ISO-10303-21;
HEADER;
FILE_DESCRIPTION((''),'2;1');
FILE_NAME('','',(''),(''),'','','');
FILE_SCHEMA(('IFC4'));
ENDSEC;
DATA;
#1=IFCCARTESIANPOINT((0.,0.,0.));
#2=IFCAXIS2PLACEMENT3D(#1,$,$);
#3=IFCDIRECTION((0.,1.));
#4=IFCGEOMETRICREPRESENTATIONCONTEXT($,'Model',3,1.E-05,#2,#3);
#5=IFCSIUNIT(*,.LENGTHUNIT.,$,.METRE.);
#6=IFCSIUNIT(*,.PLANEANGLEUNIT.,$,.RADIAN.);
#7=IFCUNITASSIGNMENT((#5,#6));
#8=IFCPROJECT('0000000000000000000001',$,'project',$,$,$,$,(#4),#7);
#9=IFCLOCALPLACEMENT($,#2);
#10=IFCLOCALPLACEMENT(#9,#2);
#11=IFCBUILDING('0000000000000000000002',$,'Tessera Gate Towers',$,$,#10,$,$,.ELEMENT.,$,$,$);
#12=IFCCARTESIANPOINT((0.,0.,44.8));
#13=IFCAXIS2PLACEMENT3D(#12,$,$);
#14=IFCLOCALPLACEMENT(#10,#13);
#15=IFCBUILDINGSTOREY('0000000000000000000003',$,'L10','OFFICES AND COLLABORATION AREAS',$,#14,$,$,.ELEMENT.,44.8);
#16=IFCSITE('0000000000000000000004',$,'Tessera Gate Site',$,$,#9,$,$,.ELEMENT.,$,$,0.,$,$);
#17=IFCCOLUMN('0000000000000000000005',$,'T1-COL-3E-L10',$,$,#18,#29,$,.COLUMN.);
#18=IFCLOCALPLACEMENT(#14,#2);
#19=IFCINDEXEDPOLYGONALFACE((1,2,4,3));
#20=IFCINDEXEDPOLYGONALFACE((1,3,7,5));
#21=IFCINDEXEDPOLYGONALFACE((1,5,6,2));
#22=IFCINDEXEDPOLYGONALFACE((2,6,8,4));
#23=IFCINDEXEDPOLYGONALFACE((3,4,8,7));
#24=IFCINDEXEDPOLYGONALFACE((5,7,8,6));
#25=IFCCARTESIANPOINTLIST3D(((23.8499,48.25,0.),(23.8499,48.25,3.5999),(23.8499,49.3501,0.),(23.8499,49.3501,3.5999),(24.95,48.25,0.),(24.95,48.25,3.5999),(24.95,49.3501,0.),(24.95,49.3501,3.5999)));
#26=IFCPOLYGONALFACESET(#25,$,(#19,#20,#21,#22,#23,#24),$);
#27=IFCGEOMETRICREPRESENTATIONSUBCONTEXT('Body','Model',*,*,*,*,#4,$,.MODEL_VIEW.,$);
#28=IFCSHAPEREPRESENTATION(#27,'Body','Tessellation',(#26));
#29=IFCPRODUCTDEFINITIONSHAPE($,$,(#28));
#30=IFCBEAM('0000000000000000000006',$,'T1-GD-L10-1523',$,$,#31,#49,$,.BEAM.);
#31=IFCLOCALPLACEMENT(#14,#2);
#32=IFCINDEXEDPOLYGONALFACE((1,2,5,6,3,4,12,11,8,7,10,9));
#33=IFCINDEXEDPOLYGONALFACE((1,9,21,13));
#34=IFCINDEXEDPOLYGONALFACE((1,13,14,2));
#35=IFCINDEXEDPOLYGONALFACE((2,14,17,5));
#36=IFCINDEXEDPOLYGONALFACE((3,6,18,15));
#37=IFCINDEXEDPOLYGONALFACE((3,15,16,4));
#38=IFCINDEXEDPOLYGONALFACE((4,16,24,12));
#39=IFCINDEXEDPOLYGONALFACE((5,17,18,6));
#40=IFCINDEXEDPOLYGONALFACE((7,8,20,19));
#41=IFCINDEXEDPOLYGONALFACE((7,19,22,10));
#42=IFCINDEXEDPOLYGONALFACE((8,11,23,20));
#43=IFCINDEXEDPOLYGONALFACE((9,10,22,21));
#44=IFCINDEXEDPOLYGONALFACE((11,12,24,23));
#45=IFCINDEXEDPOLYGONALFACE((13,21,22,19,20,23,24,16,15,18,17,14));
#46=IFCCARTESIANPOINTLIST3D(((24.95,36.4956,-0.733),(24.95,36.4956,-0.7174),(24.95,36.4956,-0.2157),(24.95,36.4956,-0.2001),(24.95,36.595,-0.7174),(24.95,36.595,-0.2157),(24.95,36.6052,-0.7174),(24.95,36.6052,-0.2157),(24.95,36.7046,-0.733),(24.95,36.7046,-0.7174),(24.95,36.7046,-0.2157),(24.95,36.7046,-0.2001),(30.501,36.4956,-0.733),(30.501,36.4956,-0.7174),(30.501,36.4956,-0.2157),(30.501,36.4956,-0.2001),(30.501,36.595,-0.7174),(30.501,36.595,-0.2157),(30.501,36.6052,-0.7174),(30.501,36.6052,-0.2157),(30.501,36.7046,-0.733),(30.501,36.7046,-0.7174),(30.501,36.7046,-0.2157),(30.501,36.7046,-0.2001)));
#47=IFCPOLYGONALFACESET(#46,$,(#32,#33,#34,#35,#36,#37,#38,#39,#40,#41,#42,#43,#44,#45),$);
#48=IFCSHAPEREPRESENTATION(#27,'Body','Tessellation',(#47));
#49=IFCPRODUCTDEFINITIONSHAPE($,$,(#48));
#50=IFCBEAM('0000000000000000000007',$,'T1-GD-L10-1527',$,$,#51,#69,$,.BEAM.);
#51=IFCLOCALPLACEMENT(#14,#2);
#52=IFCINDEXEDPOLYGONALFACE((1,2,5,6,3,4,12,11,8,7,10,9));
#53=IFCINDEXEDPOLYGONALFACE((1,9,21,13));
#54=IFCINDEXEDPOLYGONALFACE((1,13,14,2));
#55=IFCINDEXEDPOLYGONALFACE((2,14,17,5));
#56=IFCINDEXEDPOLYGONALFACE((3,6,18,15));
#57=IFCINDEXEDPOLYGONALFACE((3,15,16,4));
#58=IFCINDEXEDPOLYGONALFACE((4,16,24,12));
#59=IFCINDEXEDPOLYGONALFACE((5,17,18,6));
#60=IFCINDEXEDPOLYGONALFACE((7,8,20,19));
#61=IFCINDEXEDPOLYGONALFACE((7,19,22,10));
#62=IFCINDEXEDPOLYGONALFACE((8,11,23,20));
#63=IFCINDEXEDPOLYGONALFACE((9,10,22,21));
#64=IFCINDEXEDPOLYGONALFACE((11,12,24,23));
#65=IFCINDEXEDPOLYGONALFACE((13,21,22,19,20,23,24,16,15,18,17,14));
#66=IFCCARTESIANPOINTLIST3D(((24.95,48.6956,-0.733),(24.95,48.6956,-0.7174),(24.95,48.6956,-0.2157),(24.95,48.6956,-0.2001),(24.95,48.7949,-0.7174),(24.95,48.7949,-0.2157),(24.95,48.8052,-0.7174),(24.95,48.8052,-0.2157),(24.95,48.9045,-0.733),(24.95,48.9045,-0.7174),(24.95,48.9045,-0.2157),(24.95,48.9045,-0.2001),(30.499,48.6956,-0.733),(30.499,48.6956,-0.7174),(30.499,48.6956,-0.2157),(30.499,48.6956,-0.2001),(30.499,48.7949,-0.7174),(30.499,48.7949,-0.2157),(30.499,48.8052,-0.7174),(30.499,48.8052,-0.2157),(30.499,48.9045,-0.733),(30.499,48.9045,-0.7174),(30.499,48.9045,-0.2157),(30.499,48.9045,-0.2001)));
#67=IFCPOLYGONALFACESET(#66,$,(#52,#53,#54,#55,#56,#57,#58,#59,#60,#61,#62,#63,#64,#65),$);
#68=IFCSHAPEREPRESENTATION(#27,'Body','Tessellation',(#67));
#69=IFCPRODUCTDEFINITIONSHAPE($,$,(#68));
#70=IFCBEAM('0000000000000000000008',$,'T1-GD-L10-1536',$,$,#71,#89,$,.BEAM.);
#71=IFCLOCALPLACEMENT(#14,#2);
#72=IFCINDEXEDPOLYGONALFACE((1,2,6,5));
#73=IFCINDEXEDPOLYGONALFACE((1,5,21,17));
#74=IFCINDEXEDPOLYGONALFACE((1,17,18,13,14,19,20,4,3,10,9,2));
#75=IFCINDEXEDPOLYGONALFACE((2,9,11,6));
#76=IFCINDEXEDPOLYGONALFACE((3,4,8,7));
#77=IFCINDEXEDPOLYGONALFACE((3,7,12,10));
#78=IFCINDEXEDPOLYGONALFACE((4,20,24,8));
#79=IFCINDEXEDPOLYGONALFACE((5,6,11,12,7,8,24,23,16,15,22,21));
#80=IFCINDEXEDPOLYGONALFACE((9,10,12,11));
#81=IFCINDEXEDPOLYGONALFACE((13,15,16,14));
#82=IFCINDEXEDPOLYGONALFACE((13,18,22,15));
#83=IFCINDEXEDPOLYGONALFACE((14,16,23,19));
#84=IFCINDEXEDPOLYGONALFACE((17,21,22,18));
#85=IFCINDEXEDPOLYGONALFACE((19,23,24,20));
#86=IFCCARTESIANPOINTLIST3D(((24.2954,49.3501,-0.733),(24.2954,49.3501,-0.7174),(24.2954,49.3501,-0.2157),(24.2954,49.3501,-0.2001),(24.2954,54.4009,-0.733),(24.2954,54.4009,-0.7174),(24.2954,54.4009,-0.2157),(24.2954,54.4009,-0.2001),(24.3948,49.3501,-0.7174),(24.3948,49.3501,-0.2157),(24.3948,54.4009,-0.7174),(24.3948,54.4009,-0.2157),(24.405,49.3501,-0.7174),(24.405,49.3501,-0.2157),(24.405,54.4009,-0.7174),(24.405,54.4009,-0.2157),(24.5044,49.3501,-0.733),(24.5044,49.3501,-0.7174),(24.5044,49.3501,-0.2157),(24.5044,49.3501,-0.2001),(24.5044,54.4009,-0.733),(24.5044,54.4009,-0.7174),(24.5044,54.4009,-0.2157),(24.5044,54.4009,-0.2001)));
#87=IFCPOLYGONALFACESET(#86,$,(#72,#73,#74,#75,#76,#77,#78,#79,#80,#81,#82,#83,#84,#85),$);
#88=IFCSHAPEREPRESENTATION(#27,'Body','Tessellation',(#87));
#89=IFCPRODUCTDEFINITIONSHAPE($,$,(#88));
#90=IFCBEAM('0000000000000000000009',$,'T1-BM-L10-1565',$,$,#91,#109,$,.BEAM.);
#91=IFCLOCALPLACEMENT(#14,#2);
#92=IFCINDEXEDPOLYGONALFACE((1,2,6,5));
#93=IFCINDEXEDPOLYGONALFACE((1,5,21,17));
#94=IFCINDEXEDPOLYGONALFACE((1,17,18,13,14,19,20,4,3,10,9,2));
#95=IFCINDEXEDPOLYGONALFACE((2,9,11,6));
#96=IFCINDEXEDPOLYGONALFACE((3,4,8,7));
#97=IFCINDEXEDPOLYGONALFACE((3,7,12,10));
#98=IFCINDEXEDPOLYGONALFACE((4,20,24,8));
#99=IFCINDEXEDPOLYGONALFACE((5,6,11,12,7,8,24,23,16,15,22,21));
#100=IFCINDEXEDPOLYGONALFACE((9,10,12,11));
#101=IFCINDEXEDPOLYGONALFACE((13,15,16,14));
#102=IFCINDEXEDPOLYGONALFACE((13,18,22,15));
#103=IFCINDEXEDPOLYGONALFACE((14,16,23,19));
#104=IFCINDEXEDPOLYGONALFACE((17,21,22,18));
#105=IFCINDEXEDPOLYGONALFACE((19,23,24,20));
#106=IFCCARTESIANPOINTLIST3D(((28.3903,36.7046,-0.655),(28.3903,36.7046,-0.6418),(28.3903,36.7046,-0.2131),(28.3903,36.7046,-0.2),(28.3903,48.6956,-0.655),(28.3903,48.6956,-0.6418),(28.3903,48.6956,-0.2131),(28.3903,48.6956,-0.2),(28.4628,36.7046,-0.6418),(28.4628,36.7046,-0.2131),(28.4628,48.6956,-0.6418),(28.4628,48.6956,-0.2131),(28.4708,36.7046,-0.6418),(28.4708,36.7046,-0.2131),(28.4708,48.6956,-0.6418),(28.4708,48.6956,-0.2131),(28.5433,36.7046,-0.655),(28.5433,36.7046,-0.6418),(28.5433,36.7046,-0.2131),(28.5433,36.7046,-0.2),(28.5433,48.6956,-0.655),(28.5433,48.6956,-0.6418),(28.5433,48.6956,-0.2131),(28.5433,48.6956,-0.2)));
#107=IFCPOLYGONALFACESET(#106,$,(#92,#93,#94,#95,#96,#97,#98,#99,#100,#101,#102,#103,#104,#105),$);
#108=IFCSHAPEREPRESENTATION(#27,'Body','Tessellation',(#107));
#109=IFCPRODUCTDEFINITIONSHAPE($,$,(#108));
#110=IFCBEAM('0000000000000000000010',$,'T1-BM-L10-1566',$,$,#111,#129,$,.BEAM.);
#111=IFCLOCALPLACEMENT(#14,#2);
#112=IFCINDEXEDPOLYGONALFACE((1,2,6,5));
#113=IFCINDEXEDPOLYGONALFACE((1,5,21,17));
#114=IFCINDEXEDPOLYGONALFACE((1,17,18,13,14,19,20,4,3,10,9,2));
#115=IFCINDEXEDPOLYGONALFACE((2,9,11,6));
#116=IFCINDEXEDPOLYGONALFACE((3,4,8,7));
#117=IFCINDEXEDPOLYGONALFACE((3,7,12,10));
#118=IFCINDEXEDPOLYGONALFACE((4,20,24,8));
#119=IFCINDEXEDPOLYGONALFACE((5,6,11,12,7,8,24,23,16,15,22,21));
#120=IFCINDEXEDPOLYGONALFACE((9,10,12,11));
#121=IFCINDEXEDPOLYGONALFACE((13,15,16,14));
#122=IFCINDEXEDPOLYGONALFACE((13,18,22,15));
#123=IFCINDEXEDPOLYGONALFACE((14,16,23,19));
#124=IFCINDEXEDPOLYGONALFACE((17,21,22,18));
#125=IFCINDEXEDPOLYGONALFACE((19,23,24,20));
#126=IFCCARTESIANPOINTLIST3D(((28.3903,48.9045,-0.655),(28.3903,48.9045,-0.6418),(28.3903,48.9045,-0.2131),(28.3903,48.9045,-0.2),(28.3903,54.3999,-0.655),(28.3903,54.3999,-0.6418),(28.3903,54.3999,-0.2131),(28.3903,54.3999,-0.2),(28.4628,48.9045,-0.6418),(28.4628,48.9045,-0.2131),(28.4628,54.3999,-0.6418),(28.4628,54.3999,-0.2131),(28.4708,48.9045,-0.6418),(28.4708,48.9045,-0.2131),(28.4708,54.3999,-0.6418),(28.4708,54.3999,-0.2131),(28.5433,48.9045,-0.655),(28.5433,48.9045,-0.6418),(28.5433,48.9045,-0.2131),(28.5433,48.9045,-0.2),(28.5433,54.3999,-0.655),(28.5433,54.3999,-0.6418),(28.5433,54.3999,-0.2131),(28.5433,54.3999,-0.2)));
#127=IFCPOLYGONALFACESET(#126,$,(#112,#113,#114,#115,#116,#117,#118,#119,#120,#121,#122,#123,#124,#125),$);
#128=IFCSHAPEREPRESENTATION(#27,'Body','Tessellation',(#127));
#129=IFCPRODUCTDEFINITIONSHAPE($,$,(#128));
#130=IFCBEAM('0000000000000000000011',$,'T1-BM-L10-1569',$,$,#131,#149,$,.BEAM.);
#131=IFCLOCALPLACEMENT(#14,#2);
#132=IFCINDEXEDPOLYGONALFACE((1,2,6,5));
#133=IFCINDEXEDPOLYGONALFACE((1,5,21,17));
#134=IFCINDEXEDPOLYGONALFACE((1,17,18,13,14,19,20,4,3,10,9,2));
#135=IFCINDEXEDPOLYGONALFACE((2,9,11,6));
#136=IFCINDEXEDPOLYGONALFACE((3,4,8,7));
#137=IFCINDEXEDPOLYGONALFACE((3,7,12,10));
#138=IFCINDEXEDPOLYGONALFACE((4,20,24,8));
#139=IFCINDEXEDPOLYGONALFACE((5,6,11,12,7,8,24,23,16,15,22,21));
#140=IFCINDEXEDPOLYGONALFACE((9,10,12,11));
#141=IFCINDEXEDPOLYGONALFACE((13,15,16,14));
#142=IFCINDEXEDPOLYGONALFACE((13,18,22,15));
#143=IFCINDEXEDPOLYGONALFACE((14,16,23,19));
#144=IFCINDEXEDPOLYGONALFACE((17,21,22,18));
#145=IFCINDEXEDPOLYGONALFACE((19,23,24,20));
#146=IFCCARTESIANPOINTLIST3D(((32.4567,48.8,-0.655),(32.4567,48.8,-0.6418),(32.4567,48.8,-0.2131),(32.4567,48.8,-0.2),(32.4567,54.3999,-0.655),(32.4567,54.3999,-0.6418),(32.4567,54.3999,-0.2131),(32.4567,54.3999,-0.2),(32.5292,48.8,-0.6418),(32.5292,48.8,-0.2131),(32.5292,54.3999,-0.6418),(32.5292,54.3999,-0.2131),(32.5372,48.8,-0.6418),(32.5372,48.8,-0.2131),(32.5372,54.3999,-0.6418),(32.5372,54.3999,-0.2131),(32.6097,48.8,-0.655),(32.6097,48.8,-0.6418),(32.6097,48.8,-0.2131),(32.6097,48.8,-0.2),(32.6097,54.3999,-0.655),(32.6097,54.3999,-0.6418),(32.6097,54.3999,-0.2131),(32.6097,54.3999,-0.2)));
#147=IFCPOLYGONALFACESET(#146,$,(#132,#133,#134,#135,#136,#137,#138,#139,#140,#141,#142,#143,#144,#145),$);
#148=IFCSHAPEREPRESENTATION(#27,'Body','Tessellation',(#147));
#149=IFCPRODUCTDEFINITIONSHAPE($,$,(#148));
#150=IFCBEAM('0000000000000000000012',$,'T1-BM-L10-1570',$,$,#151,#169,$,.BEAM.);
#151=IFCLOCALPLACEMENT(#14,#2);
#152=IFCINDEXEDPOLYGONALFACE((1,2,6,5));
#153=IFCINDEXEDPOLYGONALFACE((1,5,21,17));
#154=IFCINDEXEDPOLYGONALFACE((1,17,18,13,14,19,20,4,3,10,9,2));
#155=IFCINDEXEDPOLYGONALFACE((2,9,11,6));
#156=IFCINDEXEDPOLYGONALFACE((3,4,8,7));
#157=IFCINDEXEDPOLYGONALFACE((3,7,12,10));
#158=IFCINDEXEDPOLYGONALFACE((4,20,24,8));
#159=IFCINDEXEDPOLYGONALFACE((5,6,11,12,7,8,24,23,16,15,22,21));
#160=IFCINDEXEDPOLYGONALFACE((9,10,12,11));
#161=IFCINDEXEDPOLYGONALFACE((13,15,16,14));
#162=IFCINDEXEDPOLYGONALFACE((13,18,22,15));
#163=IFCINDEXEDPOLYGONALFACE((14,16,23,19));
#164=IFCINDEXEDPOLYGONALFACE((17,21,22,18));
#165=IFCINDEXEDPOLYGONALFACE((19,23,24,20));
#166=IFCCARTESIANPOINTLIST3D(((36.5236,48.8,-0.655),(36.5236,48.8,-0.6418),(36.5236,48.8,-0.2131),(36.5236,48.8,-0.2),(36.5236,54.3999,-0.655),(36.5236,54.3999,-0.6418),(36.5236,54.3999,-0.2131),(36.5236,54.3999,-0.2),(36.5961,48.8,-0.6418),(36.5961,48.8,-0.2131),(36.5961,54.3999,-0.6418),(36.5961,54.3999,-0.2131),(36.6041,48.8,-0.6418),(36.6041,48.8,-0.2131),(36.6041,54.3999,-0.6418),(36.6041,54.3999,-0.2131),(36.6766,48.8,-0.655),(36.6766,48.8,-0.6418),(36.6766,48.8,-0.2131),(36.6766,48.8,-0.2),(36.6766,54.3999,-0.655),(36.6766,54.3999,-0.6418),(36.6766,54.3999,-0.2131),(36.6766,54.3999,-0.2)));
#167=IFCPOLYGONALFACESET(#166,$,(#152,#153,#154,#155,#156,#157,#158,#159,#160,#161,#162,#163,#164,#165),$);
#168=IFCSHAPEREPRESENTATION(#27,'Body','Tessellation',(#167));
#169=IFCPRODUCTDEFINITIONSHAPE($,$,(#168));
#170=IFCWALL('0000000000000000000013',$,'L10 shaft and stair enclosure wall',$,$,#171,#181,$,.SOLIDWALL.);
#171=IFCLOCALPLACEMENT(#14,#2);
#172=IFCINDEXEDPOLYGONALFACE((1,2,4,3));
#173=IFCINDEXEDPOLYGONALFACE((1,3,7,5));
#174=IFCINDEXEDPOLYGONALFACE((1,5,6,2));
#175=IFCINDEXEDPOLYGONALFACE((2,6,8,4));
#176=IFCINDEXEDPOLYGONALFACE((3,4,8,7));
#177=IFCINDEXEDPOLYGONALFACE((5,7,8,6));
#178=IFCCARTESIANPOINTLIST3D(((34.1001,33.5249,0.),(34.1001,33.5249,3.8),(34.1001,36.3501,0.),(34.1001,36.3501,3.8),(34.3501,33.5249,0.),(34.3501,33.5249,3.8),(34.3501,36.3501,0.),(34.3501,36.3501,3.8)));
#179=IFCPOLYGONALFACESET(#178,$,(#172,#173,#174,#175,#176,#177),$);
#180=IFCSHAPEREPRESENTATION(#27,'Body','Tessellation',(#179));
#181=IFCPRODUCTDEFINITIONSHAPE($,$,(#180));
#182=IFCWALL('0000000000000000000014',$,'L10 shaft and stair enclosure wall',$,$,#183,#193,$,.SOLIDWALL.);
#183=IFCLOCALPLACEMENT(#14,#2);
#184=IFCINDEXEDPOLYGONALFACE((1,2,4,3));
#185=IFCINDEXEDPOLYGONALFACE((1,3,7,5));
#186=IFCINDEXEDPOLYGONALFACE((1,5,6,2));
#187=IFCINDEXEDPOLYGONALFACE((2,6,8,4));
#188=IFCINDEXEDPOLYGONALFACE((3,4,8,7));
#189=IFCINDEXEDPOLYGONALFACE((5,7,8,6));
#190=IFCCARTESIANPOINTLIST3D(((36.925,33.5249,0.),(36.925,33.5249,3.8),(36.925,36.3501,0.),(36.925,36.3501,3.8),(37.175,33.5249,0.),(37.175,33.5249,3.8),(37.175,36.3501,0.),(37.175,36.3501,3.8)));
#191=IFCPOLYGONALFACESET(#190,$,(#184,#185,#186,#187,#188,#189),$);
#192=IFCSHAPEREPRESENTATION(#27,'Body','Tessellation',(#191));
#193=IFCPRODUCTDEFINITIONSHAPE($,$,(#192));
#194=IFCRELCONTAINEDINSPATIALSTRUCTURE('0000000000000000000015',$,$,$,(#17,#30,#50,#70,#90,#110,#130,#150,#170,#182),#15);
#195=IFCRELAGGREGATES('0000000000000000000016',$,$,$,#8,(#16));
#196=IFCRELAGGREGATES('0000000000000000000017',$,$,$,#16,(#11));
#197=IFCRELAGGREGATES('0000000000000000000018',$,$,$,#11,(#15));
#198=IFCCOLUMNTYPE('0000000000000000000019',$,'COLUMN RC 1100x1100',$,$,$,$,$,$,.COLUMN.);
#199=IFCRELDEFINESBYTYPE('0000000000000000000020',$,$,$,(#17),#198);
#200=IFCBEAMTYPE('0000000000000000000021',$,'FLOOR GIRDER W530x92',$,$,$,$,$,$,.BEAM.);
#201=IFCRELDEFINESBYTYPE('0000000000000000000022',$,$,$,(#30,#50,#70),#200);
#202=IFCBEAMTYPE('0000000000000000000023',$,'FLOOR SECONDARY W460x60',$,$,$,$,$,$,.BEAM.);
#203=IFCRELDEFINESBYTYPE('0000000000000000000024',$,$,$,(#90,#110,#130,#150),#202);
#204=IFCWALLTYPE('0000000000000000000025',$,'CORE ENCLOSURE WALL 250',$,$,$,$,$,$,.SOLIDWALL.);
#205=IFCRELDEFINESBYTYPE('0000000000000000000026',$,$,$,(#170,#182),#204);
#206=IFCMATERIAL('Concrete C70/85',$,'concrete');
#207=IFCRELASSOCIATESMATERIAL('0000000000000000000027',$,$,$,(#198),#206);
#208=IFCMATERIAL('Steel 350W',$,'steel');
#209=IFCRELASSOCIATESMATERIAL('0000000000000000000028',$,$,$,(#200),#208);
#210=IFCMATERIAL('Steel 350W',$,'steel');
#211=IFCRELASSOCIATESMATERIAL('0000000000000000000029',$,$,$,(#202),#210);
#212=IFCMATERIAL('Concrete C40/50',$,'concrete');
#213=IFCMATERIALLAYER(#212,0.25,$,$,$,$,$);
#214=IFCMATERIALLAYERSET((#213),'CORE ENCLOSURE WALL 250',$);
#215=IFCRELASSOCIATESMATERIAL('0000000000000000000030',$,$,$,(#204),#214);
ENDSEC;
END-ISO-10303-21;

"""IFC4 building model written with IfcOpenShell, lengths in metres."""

from ifc_helpers import new_model, si_unit, direction, frame, frame_2d, origin, origin_2d, place, context, subcontext, project, spatial, rectangle, i_section, extrude, material, layer, layer_set, material_profile, profile_set, type_object, element, save


model = new_model("IFC4")

# Units and contexts
model_context = context("Model", 3, precision=1e-05, world=origin(), true_north=direction((0.0, 1.0)))
body_context = subcontext(model_context, "Body", "Model", "MODEL_VIEW")
ifc_project = project(units=[si_unit("LENGTHUNIT", "METRE"), si_unit("PLANEANGLEUNIT", "RADIAN")], contexts=[model_context])

# Site, building, storey
site_placement = place(None, origin())
site = spatial("IfcSite", under=ifc_project, at=site_placement, Name="Tessera Gate Site", CompositionType="ELEMENT", RefElevation=0.0)
building_placement = place(site_placement, origin())
building = spatial("IfcBuilding", under=site, at=building_placement, Name="Tessera Gate Towers", CompositionType="ELEMENT")
storey_placement = place(building_placement, frame((0.0, 0.0, 44.8)))
storey = spatial("IfcBuildingStorey", under=building, at=storey_placement, Name="L10", Description="OFFICES AND COLLABORATION AREAS", CompositionType="ELEMENT", Elevation=44.8)

# Column
ifc_material_1 = material(Name="Concrete C70/85", Category="concrete")
ifc_material_profile_1 = material_profile(ifc_material_1, rectangle(XDim=1.1001, YDim=1.1001, at=origin_2d()), Name="RC 1100x1100")
ifc_profile_set_1 = profile_set([ifc_material_profile_1], Name="Concrete C70/85")
column_type = type_object("IfcColumnType", Name="COLUMN RC 1100x1100", PredefinedType="COLUMN", material=ifc_profile_set_1)
column_placement = place(storey_placement, frame((24.3999, 48.8, 0.0), z_axis=(0.0, 0.0, 1.0), x_axis=(1.0, 0.0, 0.0)))
element("IfcColumn", 1, at=column_placement, inside=storey, type_object=column_type, Name="T1-COL-3E-L10", PredefinedType="COLUMN", context=body_context, shape_type="SweptSolid", body=[
    extrude(rectangle(XDim=1.1001, YDim=1.1001, at=origin_2d()), origin(), (0.0, 0.0, 1.0), 3.5999),
])

# Beams
ifc_material_2 = material(Name="Steel 350W", Category="steel")
ifc_material_profile_2 = material_profile(ifc_material_2, i_section(OverallWidth=0.209, OverallDepth=0.533, WebThickness=0.0103, FlangeThickness=0.0156, at=origin_2d()), Name="W530x92")
ifc_profile_set_2 = profile_set([ifc_material_profile_2], Name="Steel 350W")
beam_type_1 = type_object("IfcBeamType", Name="FLOOR GIRDER W530x92", PredefinedType="BEAM", material=ifc_profile_set_2)
beam_1_placement = place(storey_placement, frame((24.95, 36.6001, -0.4666), z_axis=(1.0, 0.0, 0.0), x_axis=(0.0, 1.0, 0.0)))
element("IfcBeam", 2, at=beam_1_placement, inside=storey, type_object=beam_type_1, Name="T1-GD-L10-1523", PredefinedType="BEAM", context=body_context, shape_type="SweptSolid", body=[
    extrude(i_section(OverallWidth=0.209, OverallDepth=0.533, WebThickness=0.0103, FlangeThickness=0.0156, at=origin_2d()), origin(), (0.0, 0.0, 1.0), 5.551),
])
beam_2_placement = place(storey_placement, frame((24.95, 48.8, -0.4666), z_axis=(1.0, 0.0, 0.0), x_axis=(0.0, 1.0, 0.0)))
element("IfcBeam", 3, at=beam_2_placement, inside=storey, type_object=beam_type_1, Name="T1-GD-L10-1527", PredefinedType="BEAM", context=body_context, shape_type="SweptSolid", body=[
    extrude(i_section(OverallWidth=0.209, OverallDepth=0.533, WebThickness=0.0103, FlangeThickness=0.0156, at=origin_2d()), origin(), (0.0, 0.0, 1.0), 5.5491),
])
beam_3_placement = place(storey_placement, frame((24.3999, 49.3501, -0.4666), z_axis=(0.0, 1.0, 0.0), x_axis=(-1.0, 0.0, 0.0)))
element("IfcBeam", 4, at=beam_3_placement, inside=storey, type_object=beam_type_1, Name="T1-GD-L10-1536", PredefinedType="BEAM", context=body_context, shape_type="SweptSolid", body=[
    extrude(i_section(OverallWidth=0.209, OverallDepth=0.533, WebThickness=0.0103, FlangeThickness=0.0156, at=origin_2d()), origin(), (0.0, 0.0, 1.0), 5.0508),
])
ifc_material_3 = material(Name="Steel 350W", Category="steel")
ifc_material_profile_3 = material_profile(ifc_material_3, i_section(OverallWidth=0.1531, OverallDepth=0.4551, WebThickness=0.0081, FlangeThickness=0.0132, at=origin_2d()), Name="W460x60")
ifc_profile_set_3 = profile_set([ifc_material_profile_3], Name="Steel 350W")
beam_type_2 = type_object("IfcBeamType", Name="FLOOR SECONDARY W460x60", PredefinedType="BEAM", material=ifc_profile_set_3)
beam_4_placement = place(storey_placement, frame((28.4668, 36.7046, -0.4275), z_axis=(0.0, 1.0, 0.0), x_axis=(-1.0, 0.0, 0.0)))
element("IfcBeam", 5, at=beam_4_placement, inside=storey, type_object=beam_type_2, Name="T1-BM-L10-1565", PredefinedType="BEAM", context=body_context, shape_type="SweptSolid", body=[
    extrude(i_section(OverallWidth=0.1531, OverallDepth=0.4551, WebThickness=0.0081, FlangeThickness=0.0132, at=origin_2d()), origin(), (0.0, 0.0, 1.0), 11.991),
])
beam_5_placement = place(storey_placement, frame((28.4668, 48.9045, -0.4275), z_axis=(0.0, 1.0, 0.0), x_axis=(-1.0, 0.0, 0.0)))
element("IfcBeam", 6, at=beam_5_placement, inside=storey, type_object=beam_type_2, Name="T1-BM-L10-1566", PredefinedType="BEAM", context=body_context, shape_type="SweptSolid", body=[
    extrude(i_section(OverallWidth=0.1531, OverallDepth=0.4551, WebThickness=0.0081, FlangeThickness=0.0132, at=origin_2d()), origin(), (0.0, 0.0, 1.0), 5.4954),
])
for number, where, z_axis, x_axis, name in (
    (7, (32.5332, 48.8, -0.4275), (0.0, 1.0, 0.0), (-1.0, 0.0, 0.0), "T1-BM-L10-1569"),
    (8, (36.6001, 48.8, -0.4275), (0.0, 1.0, 0.0), (-1.0, 0.0, 0.0), "T1-BM-L10-1570"),
):
    element("IfcBeam", number, at=place(storey_placement, frame(where, z_axis=z_axis, x_axis=x_axis)), inside=storey, type_object=beam_type_2, Name=name, PredefinedType="BEAM", context=body_context, shape_type="SweptSolid", body=[
        extrude(i_section(OverallWidth=0.1531, OverallDepth=0.4551, WebThickness=0.0081, FlangeThickness=0.0132, at=origin_2d()), origin(), (0.0, 0.0, 1.0), 5.5999),
    ])

# Walls
ifc_material_4 = material(Name="Concrete C40/50", Category="concrete")
ifc_layer_1 = layer(ifc_material_4, 0.25)
ifc_layer_set_1 = layer_set([ifc_layer_1], Name="CORE ENCLOSURE WALL 250")
wall_type_1 = type_object("IfcWallType", Name="CORE ENCLOSURE WALL 250", PredefinedType="SOLIDWALL", material=ifc_layer_set_1)
for number, where, z_axis, x_axis, name in (
    (9, (34.2251, 33.5249, 0.0), (0.0, 0.0, 1.0), (0.0, 1.0, 0.0), "L10 shaft and stair enclosure wall"),
    (10, (37.05, 33.5249, 0.0), (0.0, 0.0, 1.0), (0.0, 1.0, 0.0), "L10 shaft and stair enclosure wall"),
):
    element("IfcWall", number, at=place(storey_placement, frame(where, z_axis=z_axis, x_axis=x_axis)), inside=storey, type_object=wall_type_1, Name=name, PredefinedType="SOLIDWALL", context=body_context, shape_type="SweptSolid", body=[
        extrude(rectangle(XDim=2.8252, YDim=0.25, at=frame_2d((1.4126, 0.0))), origin(), (0.0, 0.0, 1.0), 3.8),
    ])

save(model, "model.ifc")
